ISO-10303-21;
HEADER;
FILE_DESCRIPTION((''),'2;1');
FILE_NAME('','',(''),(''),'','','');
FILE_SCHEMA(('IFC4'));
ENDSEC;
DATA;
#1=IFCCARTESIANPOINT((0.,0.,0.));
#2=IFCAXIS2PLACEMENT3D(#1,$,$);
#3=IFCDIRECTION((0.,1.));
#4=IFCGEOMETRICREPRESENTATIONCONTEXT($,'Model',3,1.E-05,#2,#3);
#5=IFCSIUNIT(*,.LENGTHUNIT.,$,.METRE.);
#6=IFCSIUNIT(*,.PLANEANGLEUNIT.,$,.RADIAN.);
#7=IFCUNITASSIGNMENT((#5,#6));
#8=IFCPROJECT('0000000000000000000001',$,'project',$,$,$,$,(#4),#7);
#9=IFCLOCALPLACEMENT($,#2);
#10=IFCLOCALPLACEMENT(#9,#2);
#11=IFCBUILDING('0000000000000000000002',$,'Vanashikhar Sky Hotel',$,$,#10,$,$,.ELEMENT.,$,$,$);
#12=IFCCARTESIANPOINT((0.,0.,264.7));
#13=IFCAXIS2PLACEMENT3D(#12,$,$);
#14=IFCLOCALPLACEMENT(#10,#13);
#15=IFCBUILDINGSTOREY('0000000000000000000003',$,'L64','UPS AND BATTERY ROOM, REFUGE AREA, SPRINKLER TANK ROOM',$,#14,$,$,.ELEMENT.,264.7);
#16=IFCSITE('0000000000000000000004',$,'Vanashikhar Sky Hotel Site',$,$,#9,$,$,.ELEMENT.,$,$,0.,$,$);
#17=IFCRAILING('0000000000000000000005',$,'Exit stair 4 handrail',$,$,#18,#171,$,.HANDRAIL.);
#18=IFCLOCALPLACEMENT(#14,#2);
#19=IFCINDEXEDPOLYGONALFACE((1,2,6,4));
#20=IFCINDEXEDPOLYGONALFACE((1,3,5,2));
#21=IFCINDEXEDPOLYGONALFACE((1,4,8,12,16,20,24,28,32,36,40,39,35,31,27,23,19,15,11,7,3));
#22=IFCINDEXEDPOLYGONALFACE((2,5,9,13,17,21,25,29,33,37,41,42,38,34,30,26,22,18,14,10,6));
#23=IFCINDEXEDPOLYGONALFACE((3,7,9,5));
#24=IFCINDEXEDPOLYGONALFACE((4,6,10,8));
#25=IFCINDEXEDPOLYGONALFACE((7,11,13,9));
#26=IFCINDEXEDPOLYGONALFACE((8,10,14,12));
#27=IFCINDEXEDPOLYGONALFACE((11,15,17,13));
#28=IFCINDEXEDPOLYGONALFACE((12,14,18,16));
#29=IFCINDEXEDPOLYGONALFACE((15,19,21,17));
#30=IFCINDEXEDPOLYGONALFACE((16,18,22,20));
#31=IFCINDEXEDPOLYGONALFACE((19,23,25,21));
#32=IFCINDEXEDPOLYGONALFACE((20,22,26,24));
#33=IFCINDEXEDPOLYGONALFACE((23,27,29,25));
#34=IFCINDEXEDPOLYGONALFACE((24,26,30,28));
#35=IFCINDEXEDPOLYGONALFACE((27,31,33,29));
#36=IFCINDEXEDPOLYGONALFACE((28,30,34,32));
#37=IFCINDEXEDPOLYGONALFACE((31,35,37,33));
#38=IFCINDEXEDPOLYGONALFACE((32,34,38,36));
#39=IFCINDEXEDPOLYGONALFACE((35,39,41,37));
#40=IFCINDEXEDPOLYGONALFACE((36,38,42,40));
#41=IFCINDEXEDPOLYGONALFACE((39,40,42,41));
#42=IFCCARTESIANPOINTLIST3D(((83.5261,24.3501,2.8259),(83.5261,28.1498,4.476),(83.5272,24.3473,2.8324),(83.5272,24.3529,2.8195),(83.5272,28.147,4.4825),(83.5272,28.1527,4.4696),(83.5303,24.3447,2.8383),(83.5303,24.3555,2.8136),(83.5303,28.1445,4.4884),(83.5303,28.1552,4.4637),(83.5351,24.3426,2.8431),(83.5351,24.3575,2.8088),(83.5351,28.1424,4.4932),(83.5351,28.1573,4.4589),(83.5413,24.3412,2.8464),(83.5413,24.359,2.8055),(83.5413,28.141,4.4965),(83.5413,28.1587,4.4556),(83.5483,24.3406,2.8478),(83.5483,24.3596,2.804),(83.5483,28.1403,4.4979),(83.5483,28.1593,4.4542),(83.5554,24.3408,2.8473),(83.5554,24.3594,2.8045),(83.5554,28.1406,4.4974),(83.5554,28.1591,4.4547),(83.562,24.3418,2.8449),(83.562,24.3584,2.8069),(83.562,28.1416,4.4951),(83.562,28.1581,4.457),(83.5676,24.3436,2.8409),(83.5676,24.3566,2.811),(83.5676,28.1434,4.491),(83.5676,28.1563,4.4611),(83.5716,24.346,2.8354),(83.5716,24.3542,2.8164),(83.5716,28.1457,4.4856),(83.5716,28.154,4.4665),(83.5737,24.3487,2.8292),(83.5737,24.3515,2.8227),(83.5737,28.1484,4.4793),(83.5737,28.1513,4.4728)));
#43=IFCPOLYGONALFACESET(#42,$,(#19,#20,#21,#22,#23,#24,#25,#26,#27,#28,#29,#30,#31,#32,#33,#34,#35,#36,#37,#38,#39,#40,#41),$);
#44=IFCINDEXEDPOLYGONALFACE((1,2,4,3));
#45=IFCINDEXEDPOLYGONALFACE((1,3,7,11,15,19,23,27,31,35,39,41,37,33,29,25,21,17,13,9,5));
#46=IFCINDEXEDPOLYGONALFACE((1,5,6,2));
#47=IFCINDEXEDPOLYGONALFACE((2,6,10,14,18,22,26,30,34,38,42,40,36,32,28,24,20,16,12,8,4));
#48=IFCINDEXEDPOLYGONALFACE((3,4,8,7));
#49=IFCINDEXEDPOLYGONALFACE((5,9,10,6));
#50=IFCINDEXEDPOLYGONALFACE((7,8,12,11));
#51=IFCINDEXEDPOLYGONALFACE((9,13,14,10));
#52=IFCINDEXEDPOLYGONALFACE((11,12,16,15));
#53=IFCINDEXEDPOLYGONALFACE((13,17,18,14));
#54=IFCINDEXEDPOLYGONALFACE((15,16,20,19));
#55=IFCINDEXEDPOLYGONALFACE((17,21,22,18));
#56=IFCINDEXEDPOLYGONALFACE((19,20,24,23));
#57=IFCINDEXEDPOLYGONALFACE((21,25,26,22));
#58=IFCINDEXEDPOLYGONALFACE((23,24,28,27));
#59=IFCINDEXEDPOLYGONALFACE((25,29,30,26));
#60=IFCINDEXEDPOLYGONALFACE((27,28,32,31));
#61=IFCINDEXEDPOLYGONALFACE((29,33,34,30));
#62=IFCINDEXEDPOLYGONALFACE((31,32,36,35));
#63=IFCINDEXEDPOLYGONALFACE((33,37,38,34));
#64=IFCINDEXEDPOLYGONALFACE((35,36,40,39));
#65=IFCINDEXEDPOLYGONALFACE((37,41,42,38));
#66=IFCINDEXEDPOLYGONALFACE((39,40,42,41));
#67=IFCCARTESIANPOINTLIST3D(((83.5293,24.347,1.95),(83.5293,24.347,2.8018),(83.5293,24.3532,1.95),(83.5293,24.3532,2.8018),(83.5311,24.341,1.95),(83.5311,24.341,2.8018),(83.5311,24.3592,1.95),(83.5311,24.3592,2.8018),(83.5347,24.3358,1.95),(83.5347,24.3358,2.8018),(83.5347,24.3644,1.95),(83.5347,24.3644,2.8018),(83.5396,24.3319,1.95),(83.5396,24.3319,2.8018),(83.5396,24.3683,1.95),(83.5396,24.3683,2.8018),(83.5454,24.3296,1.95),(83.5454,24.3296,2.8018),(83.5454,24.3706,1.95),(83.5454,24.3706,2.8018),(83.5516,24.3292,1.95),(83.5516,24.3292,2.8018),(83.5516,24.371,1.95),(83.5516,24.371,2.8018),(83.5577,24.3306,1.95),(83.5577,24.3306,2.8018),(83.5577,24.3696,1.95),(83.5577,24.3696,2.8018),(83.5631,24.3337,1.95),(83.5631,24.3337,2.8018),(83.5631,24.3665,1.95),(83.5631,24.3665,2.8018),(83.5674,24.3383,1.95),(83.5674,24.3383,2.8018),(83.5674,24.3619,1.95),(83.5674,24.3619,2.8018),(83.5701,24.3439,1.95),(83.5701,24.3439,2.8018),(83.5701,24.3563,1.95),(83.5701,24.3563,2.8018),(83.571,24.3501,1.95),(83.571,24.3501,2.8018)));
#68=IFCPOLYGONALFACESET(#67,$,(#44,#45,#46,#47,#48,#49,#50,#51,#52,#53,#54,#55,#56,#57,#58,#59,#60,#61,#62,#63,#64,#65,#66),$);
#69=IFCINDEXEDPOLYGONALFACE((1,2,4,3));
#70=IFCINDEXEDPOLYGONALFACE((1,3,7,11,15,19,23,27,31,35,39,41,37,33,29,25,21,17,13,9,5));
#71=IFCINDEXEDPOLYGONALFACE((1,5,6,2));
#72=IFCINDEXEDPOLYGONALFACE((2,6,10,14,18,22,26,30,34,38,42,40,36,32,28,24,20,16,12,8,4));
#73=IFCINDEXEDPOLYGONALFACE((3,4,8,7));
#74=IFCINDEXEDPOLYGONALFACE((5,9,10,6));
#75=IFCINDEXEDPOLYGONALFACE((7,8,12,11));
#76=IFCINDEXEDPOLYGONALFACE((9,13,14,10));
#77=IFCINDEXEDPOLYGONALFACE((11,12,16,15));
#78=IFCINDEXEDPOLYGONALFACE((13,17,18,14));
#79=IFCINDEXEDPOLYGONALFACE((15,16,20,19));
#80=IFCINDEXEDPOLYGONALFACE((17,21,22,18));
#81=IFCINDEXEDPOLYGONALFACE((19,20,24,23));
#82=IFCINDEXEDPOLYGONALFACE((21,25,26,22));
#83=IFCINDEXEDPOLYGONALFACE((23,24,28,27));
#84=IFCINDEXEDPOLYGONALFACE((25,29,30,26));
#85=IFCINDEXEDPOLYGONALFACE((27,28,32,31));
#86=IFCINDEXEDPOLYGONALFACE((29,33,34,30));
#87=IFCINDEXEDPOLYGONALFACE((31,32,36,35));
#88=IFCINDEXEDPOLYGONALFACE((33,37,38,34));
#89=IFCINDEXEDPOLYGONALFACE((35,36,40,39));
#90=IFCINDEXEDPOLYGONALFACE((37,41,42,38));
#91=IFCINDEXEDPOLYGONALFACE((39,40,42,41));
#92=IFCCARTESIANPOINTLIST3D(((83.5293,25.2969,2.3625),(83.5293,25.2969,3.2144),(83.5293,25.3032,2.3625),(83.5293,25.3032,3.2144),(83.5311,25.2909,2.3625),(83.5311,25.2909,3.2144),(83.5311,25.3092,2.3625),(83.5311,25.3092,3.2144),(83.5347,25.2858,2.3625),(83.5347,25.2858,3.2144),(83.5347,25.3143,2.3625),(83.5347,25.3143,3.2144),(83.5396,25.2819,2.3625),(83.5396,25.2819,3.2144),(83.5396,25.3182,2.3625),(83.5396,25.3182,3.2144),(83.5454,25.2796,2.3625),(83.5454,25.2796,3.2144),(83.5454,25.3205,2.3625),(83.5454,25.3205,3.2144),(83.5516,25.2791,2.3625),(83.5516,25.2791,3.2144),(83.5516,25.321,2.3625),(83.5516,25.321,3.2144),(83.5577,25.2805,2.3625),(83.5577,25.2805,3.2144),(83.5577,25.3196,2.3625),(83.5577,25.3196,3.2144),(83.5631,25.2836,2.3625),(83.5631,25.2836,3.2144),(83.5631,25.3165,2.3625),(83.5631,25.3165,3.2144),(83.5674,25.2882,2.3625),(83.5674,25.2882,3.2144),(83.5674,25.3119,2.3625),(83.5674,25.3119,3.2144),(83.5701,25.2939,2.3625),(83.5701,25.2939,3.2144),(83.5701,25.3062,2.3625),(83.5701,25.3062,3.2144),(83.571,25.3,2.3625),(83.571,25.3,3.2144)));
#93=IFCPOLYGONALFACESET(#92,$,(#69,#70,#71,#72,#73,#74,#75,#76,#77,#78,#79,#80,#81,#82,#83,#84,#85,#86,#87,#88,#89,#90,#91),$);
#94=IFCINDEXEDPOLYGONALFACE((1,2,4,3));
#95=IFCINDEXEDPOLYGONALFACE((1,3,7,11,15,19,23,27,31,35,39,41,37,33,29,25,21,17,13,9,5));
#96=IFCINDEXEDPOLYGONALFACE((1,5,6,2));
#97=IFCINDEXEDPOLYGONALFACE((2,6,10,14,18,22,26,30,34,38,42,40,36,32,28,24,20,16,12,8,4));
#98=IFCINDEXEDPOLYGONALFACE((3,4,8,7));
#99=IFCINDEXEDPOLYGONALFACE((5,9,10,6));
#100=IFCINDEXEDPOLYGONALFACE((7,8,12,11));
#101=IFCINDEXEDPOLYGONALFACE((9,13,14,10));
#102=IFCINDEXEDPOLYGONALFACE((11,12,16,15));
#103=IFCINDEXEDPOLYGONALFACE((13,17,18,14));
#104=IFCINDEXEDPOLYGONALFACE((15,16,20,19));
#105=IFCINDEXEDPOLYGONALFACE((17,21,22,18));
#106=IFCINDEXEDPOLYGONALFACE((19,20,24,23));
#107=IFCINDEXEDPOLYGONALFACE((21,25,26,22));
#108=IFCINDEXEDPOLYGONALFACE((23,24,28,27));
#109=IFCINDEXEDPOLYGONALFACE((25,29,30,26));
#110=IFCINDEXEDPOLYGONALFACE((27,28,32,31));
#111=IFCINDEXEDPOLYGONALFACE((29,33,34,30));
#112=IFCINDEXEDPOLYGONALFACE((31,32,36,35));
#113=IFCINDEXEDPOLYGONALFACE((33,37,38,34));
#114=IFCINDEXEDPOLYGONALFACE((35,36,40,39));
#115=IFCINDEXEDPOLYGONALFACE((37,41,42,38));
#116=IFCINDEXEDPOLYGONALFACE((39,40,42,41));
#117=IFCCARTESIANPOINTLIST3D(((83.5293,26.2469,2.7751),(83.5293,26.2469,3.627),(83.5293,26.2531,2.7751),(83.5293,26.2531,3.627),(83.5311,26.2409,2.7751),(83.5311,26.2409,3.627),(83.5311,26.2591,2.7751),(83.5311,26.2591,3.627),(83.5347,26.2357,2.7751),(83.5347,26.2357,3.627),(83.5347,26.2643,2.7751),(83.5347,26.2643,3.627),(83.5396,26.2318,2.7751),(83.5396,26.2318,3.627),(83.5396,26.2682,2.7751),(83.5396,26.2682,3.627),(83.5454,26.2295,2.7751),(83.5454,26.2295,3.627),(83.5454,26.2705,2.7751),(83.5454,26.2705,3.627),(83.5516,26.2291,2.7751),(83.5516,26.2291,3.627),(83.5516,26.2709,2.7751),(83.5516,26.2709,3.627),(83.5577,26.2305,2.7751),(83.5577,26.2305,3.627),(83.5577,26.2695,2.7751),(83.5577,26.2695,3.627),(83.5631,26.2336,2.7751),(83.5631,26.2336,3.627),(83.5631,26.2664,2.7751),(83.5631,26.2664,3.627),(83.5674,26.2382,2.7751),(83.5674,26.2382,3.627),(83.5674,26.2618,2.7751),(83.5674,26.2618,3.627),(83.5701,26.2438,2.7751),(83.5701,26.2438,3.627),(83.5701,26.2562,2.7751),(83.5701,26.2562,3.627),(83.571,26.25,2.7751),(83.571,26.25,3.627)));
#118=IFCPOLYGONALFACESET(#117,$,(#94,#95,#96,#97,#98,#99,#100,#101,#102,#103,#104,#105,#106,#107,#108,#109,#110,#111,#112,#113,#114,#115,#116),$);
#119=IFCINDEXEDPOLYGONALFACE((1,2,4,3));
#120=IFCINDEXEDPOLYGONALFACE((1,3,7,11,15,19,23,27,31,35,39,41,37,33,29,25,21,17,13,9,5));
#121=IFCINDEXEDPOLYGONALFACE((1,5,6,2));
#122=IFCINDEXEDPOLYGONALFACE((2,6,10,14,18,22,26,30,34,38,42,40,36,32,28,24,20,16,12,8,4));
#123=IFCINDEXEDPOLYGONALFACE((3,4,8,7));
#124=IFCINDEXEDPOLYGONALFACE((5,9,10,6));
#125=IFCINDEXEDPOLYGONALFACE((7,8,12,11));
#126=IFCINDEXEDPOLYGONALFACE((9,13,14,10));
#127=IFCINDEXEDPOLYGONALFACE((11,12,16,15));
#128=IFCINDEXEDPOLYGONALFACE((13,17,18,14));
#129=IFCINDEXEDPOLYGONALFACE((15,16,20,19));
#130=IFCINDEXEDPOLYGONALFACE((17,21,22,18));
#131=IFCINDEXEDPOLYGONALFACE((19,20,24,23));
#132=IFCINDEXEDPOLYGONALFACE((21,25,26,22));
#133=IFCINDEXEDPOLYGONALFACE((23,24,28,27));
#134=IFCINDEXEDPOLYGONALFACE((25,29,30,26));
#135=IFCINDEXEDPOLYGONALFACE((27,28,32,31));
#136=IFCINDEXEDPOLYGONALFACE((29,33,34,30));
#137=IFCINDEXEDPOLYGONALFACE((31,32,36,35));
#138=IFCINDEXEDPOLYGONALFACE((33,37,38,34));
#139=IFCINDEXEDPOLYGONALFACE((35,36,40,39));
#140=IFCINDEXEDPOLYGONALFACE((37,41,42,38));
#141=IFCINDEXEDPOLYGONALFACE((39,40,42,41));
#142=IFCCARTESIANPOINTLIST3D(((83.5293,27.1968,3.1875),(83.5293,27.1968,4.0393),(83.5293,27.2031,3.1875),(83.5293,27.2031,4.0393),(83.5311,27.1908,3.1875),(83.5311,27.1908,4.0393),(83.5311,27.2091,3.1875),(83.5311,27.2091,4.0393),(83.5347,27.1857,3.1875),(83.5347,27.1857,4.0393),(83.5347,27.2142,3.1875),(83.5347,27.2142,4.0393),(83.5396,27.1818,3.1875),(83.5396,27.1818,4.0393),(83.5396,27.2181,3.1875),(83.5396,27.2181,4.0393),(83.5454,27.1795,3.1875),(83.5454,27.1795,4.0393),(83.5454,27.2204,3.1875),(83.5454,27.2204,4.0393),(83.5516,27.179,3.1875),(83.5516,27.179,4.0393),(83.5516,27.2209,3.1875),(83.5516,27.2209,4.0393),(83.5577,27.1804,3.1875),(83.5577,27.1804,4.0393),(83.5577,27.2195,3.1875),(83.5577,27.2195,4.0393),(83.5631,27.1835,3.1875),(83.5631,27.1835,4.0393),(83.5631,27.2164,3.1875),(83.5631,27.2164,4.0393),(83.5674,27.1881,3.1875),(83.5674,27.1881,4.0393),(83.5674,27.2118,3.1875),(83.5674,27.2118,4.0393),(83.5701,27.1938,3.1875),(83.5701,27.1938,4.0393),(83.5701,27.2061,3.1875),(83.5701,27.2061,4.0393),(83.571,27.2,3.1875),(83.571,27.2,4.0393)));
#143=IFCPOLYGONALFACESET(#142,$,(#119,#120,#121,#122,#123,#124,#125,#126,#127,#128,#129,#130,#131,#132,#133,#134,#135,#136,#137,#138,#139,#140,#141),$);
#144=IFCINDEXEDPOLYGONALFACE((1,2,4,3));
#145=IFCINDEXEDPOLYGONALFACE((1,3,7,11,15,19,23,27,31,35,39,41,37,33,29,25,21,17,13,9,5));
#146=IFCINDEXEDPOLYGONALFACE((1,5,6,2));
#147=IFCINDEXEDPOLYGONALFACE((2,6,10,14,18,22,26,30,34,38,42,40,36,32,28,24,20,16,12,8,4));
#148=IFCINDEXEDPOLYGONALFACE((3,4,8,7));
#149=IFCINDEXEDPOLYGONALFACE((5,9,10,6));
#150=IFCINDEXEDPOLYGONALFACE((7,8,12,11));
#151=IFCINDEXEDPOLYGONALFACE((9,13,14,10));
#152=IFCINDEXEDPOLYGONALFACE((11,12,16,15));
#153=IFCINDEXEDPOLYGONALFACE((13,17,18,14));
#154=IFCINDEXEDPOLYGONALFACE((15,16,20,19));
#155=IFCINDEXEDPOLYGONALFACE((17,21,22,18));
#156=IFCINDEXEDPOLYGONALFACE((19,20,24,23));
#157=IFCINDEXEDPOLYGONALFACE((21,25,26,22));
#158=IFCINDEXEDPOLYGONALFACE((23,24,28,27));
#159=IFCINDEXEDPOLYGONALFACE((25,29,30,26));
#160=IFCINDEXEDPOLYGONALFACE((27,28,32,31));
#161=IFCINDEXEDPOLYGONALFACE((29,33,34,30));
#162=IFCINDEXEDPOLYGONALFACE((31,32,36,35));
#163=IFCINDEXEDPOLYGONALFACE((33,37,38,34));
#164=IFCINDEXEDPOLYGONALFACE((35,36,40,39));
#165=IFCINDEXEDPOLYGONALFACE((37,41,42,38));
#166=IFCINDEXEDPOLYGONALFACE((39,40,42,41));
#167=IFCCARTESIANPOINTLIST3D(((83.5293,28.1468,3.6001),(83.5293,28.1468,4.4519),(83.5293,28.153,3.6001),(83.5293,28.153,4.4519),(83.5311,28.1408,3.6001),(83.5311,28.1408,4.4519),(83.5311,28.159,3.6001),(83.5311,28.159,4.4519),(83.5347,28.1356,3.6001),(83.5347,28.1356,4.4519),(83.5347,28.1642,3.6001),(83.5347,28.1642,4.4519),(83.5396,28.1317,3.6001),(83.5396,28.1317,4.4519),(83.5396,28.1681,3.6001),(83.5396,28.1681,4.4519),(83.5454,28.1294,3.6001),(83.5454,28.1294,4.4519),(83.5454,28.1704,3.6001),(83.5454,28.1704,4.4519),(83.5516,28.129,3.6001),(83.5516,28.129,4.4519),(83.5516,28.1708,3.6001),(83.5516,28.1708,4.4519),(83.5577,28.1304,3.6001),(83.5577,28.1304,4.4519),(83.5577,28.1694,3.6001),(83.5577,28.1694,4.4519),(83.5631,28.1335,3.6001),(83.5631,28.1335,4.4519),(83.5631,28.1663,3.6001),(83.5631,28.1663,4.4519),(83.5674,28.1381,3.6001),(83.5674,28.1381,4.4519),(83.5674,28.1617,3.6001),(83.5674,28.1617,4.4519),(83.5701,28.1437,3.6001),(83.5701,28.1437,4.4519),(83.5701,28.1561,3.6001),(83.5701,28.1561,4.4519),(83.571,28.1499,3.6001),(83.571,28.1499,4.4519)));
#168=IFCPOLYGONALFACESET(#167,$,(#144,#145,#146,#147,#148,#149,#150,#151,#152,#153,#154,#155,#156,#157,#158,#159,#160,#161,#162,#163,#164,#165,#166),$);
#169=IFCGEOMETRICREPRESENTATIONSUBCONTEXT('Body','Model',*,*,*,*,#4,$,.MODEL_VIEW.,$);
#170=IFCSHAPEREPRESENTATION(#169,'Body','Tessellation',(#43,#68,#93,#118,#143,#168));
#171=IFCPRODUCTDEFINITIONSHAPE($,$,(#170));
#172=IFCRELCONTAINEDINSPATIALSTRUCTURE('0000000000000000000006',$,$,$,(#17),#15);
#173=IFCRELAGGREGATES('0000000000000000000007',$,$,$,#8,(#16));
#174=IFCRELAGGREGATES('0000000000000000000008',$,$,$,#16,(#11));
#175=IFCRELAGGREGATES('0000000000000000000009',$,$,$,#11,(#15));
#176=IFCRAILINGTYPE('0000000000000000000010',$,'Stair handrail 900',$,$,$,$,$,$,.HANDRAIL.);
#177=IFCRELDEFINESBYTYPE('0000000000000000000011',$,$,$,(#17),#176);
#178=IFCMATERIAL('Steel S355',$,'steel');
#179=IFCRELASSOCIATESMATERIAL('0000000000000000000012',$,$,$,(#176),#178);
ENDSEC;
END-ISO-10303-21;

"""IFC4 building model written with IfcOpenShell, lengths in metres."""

from ifc_helpers import new_model, si_unit, direction, frame, origin, origin_2d, place, context, subcontext, project, spatial, circle, extrude, source, transform, mapped, material, type_object, element, save


model = new_model("IFC4")

# Units and contexts
model_context = context("Model", 3, precision=1e-05, world=origin(), true_north=direction((0.0, 1.0)))
body_context = subcontext(model_context, "Body", "Model", "MODEL_VIEW")
ifc_project = project(units=[si_unit("LENGTHUNIT", "METRE"), si_unit("PLANEANGLEUNIT", "RADIAN")], contexts=[model_context])

# Site, building, storey
site_placement = place(None, origin())
site = spatial("IfcSite", under=ifc_project, at=site_placement, Name="Vanashikhar Sky Hotel Site", CompositionType="ELEMENT", RefElevation=0.0)
building_placement = place(site_placement, origin())
building = spatial("IfcBuilding", under=site, at=building_placement, Name="Vanashikhar Sky Hotel", CompositionType="ELEMENT")
storey_placement = place(building_placement, frame((0.0, 0.0, 264.7)))
storey = spatial("IfcBuildingStorey", under=building, at=storey_placement, Name="L64", Description="UPS AND BATTERY ROOM, REFUGE AREA, SPRINKLER TANK ROOM", CompositionType="ELEMENT", Elevation=264.7)

# Railing
ifc_material_1 = material(Name="Steel S355", Category="steel")
railing_type_1 = type_object("IfcRailingType", Name="Stair handrail 900", PredefinedType="HANDRAIL", material=ifc_material_1)
shared_shape_1 = source(origin(), body_context, "Body", "SweptSolid", [
    extrude(circle(Radius=0.0239, at=origin_2d()), frame((0.0, 0.0, 0.876), z_axis=(0.0, 0.917241, 0.398332), x_axis=(-1.0, 0.0, 0.0)), (0.0, 0.0, 1.0), 4.1426),
    extrude(circle(Radius=0.021, at=origin_2d()), origin(), (0.0, 0.0, 1.0), 0.8518),
    extrude(circle(Radius=0.021, at=origin_2d()), frame((0.0, 0.95, 0.4126)), (0.0, 0.0, 1.0), 0.8518),
    extrude(circle(Radius=0.021, at=origin_2d()), frame((0.0, 1.8999, 0.8252)), (0.0, 0.0, 1.0), 0.8518),
    extrude(circle(Radius=0.021, at=origin_2d()), frame((0.0, 2.8499, 1.2375)), (0.0, 0.0, 1.0), 0.8518),
    extrude(circle(Radius=0.021, at=origin_2d()), frame((0.0, 3.7998, 1.6501)), (0.0, 0.0, 1.0), 0.8518),
])
railing_1_placement = place(storey_placement, frame((83.55, 24.3501, 1.95)))
element("IfcRailing", 1, at=railing_1_placement, inside=storey, type_object=railing_type_1, Name="Exit stair 4 handrail", PredefinedType="HANDRAIL", context=body_context, shape_type="MappedRepresentation", body=[
    mapped(shared_shape_1, transform((0.0, 0.0, 0.0), scale=1.0)),
])

save(model, "model.ifc")
